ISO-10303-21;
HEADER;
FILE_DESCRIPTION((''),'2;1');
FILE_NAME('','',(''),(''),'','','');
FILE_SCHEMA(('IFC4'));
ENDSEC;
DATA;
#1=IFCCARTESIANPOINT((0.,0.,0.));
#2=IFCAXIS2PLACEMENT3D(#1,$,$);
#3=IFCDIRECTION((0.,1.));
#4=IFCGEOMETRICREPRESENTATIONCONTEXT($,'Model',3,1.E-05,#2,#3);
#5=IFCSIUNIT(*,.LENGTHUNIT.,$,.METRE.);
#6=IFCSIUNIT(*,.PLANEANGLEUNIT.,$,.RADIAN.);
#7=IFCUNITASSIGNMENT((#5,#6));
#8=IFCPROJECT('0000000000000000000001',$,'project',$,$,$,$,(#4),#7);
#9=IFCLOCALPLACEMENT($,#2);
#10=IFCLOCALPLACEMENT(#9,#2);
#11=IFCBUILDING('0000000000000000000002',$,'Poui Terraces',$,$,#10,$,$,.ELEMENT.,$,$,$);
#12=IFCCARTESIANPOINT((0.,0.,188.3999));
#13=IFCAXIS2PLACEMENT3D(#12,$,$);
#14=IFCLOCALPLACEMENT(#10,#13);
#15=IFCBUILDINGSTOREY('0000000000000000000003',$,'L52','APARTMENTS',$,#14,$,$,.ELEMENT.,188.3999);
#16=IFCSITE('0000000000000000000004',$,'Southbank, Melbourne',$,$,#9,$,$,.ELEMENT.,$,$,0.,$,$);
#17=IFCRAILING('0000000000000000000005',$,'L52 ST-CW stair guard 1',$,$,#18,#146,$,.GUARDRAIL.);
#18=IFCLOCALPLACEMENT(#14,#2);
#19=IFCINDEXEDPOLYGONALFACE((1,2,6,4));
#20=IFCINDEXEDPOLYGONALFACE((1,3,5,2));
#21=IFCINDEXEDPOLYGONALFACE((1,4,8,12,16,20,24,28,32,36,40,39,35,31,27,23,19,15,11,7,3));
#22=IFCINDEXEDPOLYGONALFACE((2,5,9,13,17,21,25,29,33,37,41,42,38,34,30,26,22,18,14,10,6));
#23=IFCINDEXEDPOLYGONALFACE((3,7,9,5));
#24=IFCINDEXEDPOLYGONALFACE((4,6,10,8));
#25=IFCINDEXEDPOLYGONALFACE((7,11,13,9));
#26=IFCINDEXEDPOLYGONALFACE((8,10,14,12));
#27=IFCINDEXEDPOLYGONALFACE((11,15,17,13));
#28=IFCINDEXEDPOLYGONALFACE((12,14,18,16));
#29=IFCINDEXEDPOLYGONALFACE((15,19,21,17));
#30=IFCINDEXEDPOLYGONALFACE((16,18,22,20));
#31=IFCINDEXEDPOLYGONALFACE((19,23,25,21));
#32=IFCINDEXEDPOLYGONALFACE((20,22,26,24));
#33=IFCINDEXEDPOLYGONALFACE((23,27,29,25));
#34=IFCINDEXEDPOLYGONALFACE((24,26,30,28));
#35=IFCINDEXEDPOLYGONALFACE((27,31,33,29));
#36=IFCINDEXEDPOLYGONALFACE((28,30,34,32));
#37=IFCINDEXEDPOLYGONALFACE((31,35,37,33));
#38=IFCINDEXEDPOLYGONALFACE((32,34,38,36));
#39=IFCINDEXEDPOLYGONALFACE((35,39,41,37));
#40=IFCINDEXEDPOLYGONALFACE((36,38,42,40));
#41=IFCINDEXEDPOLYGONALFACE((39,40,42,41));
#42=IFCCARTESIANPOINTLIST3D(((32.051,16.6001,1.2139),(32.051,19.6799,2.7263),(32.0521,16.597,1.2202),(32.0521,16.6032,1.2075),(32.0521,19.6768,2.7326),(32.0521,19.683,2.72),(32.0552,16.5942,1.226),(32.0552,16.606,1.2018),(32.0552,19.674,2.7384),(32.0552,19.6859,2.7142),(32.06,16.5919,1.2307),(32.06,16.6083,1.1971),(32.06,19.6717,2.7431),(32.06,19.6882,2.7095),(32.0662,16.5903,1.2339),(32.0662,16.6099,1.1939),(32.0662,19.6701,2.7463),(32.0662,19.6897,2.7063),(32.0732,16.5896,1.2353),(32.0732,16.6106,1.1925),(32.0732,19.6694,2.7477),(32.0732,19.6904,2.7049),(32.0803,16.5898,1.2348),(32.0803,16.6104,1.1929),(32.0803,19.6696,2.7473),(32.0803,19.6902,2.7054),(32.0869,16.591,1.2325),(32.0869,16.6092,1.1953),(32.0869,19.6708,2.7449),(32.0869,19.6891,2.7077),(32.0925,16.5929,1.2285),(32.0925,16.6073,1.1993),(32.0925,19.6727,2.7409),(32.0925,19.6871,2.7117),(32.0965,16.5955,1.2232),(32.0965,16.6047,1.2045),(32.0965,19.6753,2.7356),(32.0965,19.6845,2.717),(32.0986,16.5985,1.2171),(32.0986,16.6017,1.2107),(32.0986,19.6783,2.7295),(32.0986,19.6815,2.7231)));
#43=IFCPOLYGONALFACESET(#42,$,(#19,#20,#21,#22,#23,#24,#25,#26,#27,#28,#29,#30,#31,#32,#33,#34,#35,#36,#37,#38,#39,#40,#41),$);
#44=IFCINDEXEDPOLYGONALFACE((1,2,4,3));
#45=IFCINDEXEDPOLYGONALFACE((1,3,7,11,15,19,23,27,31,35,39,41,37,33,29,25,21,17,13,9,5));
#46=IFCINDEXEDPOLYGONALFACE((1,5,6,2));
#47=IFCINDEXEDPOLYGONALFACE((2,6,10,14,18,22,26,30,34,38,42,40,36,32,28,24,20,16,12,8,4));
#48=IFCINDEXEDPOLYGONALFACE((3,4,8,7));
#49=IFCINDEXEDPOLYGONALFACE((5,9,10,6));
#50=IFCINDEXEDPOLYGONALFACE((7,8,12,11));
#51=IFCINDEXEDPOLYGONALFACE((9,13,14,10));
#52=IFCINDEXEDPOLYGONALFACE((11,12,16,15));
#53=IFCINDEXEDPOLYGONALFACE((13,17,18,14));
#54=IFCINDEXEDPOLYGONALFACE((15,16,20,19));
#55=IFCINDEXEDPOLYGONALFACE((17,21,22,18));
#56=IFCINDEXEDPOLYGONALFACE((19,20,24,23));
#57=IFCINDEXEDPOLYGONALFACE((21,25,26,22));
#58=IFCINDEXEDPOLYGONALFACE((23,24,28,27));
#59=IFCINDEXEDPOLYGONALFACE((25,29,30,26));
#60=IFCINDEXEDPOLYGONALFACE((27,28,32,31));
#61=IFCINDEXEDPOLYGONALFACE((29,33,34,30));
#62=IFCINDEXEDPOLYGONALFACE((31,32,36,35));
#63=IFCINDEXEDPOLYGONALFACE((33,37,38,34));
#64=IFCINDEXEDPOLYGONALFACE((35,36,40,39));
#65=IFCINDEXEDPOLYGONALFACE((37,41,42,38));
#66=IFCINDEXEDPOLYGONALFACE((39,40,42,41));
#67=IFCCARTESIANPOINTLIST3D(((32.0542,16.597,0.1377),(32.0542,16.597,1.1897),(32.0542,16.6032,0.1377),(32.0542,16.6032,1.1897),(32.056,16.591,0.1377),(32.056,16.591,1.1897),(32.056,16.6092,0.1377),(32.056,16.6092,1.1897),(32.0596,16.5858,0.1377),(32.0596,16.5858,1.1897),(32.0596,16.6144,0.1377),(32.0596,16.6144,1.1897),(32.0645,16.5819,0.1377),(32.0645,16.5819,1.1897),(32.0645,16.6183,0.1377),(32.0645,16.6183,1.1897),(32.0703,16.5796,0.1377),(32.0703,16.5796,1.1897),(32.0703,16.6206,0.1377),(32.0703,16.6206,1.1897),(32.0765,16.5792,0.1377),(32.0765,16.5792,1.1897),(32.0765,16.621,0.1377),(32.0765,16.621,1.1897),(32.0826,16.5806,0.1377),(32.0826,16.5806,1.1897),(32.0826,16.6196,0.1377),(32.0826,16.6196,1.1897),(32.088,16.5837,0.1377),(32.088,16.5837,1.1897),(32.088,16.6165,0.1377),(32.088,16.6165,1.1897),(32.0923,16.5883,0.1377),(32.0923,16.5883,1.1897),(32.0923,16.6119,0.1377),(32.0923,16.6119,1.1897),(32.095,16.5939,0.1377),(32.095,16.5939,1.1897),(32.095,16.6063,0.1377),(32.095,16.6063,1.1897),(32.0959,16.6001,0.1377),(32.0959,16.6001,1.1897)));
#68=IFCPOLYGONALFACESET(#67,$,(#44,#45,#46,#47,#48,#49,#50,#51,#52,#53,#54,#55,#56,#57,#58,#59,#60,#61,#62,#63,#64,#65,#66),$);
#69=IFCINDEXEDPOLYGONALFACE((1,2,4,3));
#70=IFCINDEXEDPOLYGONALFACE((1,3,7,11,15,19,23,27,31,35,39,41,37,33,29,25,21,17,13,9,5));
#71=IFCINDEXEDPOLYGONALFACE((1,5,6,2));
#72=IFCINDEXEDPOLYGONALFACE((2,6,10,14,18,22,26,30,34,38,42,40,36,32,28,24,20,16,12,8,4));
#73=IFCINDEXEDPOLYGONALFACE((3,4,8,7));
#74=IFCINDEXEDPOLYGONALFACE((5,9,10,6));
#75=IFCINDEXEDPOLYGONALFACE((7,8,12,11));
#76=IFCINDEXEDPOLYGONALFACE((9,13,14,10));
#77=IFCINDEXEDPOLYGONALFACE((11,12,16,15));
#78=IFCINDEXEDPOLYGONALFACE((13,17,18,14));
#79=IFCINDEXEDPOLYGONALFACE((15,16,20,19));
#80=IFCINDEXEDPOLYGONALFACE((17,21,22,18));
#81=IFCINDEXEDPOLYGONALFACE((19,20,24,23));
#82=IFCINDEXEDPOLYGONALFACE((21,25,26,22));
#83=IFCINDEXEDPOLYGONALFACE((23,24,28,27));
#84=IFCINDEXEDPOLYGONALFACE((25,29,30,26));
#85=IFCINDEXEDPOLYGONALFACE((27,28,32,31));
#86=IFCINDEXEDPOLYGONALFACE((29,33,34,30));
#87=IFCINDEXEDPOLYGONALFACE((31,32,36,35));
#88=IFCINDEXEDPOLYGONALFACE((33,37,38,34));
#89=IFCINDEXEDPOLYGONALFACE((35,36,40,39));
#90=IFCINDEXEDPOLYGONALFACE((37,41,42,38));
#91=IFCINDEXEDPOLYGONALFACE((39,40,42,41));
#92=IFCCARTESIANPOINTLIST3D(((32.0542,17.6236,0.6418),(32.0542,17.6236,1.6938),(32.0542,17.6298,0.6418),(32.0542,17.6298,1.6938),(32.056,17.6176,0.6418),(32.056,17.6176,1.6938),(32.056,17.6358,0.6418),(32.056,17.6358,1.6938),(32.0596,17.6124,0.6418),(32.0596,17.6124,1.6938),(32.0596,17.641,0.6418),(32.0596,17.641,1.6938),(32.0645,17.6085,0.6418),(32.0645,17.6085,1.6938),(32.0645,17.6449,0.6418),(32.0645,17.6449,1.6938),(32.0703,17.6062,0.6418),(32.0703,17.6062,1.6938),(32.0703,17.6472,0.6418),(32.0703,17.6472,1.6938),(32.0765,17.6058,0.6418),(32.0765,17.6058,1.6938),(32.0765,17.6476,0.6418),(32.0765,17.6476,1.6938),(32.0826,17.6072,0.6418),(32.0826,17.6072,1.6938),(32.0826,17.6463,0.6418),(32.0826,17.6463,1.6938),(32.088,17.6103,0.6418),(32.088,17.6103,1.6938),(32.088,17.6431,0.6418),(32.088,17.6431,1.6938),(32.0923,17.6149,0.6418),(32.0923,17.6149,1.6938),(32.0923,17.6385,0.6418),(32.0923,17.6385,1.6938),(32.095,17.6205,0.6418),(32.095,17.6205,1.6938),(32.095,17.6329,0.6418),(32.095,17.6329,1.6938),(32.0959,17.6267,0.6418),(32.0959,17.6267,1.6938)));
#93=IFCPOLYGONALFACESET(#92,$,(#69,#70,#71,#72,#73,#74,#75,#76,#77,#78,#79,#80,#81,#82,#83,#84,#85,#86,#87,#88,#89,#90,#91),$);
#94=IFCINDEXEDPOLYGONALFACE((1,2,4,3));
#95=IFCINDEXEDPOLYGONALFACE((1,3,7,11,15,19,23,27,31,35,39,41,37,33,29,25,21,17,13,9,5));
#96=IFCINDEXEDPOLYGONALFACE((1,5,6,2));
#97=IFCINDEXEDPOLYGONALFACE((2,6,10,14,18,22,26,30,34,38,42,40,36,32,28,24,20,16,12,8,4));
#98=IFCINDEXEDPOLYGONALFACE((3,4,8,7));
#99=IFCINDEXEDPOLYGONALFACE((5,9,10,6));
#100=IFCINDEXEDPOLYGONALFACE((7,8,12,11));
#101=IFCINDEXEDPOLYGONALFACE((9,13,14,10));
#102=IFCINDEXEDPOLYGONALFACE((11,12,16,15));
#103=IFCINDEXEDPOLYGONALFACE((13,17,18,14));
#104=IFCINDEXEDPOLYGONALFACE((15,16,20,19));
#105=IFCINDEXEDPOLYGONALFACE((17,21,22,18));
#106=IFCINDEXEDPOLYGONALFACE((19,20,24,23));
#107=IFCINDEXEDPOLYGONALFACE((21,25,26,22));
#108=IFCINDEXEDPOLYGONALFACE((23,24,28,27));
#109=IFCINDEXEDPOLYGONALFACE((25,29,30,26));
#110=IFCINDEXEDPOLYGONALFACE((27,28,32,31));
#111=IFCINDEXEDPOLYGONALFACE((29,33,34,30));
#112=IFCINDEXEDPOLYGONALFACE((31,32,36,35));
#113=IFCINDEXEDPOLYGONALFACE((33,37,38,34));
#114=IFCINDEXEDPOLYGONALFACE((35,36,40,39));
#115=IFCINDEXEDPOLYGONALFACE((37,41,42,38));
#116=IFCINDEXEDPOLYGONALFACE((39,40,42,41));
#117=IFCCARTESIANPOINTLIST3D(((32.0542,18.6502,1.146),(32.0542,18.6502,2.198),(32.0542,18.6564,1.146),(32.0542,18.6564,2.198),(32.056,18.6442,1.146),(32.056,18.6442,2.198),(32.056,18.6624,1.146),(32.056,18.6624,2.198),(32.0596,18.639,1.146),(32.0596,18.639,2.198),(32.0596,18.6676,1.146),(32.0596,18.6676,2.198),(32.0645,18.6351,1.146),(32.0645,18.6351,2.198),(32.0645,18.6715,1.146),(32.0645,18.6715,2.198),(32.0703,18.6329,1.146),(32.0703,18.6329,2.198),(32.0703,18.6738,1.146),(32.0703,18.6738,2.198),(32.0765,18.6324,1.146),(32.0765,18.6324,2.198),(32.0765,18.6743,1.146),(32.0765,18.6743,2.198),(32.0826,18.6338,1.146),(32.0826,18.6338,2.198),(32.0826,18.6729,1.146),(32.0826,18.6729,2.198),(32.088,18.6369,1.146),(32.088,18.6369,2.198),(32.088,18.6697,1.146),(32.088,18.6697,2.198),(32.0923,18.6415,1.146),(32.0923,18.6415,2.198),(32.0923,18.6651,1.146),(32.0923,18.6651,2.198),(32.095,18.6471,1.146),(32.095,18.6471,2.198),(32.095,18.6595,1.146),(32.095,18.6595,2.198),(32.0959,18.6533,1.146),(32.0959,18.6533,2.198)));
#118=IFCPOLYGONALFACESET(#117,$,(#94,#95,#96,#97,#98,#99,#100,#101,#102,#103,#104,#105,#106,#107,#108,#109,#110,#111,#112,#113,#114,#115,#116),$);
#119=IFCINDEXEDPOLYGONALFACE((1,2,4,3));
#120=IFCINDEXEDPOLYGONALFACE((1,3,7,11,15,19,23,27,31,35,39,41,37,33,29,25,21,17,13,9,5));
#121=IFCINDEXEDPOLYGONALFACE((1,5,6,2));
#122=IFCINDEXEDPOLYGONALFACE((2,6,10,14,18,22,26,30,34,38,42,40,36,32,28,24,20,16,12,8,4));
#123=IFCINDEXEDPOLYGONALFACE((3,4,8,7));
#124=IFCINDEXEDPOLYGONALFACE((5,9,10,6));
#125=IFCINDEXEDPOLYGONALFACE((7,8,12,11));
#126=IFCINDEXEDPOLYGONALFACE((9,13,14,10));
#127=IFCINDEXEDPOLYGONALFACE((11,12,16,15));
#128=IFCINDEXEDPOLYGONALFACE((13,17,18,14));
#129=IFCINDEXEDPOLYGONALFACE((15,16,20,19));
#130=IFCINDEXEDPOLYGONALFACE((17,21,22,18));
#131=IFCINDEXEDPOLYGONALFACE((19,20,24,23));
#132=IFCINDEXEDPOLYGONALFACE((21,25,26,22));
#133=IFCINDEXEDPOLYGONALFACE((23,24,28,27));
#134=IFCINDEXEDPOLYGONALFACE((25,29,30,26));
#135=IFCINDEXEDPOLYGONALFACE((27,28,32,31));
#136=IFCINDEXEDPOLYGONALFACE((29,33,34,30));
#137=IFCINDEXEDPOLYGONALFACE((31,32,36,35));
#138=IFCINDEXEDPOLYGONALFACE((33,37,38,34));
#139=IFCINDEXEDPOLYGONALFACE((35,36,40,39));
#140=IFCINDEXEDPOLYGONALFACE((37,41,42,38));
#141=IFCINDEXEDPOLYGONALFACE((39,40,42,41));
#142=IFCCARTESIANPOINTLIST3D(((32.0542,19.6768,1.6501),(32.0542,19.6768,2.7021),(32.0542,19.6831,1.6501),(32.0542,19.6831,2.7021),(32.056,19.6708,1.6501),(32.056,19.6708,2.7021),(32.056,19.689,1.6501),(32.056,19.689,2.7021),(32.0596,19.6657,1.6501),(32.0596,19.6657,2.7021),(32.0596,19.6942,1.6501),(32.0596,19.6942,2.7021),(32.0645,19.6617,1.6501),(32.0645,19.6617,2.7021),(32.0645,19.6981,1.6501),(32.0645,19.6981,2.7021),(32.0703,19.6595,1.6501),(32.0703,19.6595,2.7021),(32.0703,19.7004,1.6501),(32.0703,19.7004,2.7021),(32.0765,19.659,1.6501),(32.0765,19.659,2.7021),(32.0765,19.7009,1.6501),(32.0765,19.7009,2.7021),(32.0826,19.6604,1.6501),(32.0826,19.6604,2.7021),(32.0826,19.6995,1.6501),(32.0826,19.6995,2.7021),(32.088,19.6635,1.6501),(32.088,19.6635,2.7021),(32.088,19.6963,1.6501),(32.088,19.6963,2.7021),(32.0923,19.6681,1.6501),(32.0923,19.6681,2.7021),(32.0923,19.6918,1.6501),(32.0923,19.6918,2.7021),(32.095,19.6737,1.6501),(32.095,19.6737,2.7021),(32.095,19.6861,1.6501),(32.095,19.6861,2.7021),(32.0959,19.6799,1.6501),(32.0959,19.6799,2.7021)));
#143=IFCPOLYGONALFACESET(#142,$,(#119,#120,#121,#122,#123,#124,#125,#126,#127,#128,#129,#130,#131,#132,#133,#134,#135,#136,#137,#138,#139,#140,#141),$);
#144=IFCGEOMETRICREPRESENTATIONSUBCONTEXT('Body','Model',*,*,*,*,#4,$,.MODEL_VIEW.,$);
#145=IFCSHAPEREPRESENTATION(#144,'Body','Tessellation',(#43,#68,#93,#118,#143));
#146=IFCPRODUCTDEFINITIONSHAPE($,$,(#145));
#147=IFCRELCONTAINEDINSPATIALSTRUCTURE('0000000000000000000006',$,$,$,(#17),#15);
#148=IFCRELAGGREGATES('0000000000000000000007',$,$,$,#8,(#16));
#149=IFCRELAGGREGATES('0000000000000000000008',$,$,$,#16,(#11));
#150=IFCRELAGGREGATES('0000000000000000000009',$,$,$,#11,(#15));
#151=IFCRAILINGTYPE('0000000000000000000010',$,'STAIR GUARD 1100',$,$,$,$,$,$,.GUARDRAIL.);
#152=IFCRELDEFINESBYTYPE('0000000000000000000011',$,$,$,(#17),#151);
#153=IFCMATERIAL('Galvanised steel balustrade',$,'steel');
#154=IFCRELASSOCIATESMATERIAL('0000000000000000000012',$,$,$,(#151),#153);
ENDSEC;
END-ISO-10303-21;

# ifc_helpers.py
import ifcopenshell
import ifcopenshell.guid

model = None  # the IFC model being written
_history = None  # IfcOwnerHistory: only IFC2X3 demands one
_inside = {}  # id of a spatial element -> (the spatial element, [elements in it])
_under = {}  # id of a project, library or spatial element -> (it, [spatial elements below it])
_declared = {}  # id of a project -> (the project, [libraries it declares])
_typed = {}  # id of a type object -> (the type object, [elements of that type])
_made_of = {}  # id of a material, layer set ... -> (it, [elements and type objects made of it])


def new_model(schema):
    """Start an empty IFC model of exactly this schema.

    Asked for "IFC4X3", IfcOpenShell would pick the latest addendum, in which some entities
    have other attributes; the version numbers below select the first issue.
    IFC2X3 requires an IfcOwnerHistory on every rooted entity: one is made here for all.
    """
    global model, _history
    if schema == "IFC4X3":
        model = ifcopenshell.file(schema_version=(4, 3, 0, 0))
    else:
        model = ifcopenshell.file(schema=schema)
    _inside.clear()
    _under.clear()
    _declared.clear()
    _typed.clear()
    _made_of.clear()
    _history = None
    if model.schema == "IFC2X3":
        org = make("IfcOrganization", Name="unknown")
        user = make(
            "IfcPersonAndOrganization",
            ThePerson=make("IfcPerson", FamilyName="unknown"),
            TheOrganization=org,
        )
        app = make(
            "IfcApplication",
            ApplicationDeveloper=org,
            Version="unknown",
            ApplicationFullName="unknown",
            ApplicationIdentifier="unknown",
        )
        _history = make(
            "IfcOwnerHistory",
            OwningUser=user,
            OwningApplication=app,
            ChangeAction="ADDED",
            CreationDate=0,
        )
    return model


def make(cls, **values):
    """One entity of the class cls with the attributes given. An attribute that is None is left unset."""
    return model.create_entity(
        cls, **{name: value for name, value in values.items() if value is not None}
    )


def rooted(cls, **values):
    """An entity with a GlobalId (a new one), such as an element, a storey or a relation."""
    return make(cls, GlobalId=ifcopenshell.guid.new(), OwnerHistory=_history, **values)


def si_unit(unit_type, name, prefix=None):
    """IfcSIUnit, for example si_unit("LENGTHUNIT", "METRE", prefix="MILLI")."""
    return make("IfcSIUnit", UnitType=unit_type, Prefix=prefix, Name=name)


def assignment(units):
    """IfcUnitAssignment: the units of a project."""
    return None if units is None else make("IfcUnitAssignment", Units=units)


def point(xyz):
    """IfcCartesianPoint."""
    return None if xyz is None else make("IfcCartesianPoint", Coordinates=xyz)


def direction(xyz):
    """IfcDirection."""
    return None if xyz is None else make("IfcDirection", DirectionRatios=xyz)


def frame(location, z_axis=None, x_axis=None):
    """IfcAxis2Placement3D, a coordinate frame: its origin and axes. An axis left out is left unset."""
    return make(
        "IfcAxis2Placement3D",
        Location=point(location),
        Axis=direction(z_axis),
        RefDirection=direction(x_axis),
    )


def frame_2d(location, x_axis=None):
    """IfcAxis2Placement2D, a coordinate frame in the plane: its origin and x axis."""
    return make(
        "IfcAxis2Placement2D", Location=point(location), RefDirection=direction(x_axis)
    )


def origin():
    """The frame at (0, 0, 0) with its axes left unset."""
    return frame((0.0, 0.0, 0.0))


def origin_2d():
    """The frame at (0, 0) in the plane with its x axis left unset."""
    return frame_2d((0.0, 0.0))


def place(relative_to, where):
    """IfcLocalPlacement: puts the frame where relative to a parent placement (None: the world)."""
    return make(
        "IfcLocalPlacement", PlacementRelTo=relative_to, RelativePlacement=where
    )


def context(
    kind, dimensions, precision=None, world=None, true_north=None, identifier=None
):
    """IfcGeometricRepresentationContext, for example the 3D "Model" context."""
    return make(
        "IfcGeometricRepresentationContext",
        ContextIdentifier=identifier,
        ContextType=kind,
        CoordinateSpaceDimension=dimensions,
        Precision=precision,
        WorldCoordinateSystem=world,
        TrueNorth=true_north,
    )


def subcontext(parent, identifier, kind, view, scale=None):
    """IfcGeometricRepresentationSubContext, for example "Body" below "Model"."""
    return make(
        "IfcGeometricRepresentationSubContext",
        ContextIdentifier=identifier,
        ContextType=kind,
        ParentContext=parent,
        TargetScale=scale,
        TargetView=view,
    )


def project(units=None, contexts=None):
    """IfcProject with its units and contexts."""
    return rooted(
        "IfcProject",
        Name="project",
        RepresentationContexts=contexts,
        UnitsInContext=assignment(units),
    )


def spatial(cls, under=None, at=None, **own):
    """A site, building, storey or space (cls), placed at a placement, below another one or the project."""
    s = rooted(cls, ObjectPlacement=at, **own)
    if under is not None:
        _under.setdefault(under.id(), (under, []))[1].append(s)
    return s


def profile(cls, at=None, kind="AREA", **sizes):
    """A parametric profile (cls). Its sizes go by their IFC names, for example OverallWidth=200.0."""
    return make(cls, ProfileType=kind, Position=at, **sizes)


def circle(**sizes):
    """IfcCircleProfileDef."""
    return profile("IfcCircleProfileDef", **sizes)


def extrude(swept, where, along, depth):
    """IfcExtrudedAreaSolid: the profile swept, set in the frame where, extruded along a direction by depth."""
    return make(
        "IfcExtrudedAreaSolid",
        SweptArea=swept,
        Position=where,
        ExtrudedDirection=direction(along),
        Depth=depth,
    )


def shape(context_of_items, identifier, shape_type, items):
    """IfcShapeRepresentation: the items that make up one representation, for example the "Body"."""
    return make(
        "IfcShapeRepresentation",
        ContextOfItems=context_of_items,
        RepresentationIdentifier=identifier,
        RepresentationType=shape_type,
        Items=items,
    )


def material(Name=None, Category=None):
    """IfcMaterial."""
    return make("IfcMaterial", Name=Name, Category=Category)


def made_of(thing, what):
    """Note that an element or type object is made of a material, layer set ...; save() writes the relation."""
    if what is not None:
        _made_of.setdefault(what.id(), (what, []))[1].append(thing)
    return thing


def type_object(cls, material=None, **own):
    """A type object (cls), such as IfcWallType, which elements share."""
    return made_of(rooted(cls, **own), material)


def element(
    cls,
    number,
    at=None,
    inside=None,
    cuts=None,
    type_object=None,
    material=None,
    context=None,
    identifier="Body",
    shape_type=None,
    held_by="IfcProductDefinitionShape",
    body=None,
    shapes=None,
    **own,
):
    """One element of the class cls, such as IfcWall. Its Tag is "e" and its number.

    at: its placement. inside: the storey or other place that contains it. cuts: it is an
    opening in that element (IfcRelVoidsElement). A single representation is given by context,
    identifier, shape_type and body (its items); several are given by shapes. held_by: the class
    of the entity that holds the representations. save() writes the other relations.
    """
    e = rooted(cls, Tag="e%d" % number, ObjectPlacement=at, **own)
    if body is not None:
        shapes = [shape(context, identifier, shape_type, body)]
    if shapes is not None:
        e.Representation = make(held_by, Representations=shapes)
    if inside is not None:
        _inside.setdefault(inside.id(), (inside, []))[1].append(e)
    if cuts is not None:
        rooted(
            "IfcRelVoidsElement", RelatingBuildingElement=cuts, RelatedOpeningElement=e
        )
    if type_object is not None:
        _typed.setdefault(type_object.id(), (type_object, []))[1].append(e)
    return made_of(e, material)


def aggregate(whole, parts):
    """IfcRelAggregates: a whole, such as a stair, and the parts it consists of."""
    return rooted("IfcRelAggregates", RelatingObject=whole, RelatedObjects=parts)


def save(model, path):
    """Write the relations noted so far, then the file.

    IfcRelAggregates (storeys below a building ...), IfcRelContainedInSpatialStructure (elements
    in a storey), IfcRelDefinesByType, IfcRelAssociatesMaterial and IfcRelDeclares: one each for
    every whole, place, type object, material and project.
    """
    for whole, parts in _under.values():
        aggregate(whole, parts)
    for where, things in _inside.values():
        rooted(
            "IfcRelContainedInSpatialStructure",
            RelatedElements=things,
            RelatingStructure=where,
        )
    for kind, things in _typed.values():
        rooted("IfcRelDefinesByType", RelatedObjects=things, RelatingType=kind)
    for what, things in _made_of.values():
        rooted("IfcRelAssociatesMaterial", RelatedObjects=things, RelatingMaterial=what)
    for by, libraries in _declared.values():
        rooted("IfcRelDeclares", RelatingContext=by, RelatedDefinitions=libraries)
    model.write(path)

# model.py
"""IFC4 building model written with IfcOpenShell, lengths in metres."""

from ifc_helpers import new_model, si_unit, direction, frame, origin, origin_2d, place, context, subcontext, project, spatial, circle, extrude, material, type_object, element, save


model = new_model("IFC4")

# Units and contexts
model_context = context("Model", 3, precision=1e-05, world=origin(), true_north=direction((0.0, 1.0)))
body_context = subcontext(model_context, "Body", "Model", "MODEL_VIEW")
ifc_project = project(units=[si_unit("LENGTHUNIT", "METRE"), si_unit("PLANEANGLEUNIT", "RADIAN")], contexts=[model_context])

# Site, building, storey
site_placement = place(None, origin())
site = spatial("IfcSite", under=ifc_project, at=site_placement, Name="Southbank, Melbourne", CompositionType="ELEMENT", RefElevation=0.0)
building_placement = place(site_placement, origin())
building = spatial("IfcBuilding", under=site, at=building_placement, Name="Poui Terraces", CompositionType="ELEMENT")
storey_placement = place(building_placement, frame((0.0, 0.0, 188.3999)))
storey = spatial("IfcBuildingStorey", under=building, at=storey_placement, Name="L52", Description="APARTMENTS", CompositionType="ELEMENT", Elevation=188.3999)

# Railing
ifc_material_1 = material(Name="Galvanised steel balustrade", Category="steel")
railing_type_1 = type_object("IfcRailingType", Name="STAIR GUARD 1100", PredefinedType="GUARDRAIL", material=ifc_material_1)
railing_1_placement = place(storey_placement, frame((32.075, 16.6001, 0.1377)))
element("IfcRailing", 1, at=railing_1_placement, inside=storey, type_object=railing_type_1, Name="L52 ST-CW stair guard 1", PredefinedType="GUARDRAIL", context=body_context, shape_type="SweptSolid", body=[
    extrude(circle(Radius=0.0239, at=origin_2d()), frame((0.0, 0.0, 1.0762), z_axis=(0.0, 0.897606, 0.440798), x_axis=(-1.0, 0.0, 0.0)), (0.0, 0.0, 1.0), 3.4312),
    extrude(circle(Radius=0.021, at=origin_2d()), origin(), (0.0, 0.0, 1.0), 1.052),
    extrude(circle(Radius=0.021, at=origin_2d()), frame((0.0, 1.0266, 0.5042)), (0.0, 0.0, 1.0), 1.052),
    extrude(circle(Radius=0.021, at=origin_2d()), frame((0.0, 2.0532, 1.0083)), (0.0, 0.0, 1.0), 1.052),
    extrude(circle(Radius=0.021, at=origin_2d()), frame((0.0, 3.0798, 1.5125)), (0.0, 0.0, 1.0), 1.052),
])

save(model, "model.ifc")
